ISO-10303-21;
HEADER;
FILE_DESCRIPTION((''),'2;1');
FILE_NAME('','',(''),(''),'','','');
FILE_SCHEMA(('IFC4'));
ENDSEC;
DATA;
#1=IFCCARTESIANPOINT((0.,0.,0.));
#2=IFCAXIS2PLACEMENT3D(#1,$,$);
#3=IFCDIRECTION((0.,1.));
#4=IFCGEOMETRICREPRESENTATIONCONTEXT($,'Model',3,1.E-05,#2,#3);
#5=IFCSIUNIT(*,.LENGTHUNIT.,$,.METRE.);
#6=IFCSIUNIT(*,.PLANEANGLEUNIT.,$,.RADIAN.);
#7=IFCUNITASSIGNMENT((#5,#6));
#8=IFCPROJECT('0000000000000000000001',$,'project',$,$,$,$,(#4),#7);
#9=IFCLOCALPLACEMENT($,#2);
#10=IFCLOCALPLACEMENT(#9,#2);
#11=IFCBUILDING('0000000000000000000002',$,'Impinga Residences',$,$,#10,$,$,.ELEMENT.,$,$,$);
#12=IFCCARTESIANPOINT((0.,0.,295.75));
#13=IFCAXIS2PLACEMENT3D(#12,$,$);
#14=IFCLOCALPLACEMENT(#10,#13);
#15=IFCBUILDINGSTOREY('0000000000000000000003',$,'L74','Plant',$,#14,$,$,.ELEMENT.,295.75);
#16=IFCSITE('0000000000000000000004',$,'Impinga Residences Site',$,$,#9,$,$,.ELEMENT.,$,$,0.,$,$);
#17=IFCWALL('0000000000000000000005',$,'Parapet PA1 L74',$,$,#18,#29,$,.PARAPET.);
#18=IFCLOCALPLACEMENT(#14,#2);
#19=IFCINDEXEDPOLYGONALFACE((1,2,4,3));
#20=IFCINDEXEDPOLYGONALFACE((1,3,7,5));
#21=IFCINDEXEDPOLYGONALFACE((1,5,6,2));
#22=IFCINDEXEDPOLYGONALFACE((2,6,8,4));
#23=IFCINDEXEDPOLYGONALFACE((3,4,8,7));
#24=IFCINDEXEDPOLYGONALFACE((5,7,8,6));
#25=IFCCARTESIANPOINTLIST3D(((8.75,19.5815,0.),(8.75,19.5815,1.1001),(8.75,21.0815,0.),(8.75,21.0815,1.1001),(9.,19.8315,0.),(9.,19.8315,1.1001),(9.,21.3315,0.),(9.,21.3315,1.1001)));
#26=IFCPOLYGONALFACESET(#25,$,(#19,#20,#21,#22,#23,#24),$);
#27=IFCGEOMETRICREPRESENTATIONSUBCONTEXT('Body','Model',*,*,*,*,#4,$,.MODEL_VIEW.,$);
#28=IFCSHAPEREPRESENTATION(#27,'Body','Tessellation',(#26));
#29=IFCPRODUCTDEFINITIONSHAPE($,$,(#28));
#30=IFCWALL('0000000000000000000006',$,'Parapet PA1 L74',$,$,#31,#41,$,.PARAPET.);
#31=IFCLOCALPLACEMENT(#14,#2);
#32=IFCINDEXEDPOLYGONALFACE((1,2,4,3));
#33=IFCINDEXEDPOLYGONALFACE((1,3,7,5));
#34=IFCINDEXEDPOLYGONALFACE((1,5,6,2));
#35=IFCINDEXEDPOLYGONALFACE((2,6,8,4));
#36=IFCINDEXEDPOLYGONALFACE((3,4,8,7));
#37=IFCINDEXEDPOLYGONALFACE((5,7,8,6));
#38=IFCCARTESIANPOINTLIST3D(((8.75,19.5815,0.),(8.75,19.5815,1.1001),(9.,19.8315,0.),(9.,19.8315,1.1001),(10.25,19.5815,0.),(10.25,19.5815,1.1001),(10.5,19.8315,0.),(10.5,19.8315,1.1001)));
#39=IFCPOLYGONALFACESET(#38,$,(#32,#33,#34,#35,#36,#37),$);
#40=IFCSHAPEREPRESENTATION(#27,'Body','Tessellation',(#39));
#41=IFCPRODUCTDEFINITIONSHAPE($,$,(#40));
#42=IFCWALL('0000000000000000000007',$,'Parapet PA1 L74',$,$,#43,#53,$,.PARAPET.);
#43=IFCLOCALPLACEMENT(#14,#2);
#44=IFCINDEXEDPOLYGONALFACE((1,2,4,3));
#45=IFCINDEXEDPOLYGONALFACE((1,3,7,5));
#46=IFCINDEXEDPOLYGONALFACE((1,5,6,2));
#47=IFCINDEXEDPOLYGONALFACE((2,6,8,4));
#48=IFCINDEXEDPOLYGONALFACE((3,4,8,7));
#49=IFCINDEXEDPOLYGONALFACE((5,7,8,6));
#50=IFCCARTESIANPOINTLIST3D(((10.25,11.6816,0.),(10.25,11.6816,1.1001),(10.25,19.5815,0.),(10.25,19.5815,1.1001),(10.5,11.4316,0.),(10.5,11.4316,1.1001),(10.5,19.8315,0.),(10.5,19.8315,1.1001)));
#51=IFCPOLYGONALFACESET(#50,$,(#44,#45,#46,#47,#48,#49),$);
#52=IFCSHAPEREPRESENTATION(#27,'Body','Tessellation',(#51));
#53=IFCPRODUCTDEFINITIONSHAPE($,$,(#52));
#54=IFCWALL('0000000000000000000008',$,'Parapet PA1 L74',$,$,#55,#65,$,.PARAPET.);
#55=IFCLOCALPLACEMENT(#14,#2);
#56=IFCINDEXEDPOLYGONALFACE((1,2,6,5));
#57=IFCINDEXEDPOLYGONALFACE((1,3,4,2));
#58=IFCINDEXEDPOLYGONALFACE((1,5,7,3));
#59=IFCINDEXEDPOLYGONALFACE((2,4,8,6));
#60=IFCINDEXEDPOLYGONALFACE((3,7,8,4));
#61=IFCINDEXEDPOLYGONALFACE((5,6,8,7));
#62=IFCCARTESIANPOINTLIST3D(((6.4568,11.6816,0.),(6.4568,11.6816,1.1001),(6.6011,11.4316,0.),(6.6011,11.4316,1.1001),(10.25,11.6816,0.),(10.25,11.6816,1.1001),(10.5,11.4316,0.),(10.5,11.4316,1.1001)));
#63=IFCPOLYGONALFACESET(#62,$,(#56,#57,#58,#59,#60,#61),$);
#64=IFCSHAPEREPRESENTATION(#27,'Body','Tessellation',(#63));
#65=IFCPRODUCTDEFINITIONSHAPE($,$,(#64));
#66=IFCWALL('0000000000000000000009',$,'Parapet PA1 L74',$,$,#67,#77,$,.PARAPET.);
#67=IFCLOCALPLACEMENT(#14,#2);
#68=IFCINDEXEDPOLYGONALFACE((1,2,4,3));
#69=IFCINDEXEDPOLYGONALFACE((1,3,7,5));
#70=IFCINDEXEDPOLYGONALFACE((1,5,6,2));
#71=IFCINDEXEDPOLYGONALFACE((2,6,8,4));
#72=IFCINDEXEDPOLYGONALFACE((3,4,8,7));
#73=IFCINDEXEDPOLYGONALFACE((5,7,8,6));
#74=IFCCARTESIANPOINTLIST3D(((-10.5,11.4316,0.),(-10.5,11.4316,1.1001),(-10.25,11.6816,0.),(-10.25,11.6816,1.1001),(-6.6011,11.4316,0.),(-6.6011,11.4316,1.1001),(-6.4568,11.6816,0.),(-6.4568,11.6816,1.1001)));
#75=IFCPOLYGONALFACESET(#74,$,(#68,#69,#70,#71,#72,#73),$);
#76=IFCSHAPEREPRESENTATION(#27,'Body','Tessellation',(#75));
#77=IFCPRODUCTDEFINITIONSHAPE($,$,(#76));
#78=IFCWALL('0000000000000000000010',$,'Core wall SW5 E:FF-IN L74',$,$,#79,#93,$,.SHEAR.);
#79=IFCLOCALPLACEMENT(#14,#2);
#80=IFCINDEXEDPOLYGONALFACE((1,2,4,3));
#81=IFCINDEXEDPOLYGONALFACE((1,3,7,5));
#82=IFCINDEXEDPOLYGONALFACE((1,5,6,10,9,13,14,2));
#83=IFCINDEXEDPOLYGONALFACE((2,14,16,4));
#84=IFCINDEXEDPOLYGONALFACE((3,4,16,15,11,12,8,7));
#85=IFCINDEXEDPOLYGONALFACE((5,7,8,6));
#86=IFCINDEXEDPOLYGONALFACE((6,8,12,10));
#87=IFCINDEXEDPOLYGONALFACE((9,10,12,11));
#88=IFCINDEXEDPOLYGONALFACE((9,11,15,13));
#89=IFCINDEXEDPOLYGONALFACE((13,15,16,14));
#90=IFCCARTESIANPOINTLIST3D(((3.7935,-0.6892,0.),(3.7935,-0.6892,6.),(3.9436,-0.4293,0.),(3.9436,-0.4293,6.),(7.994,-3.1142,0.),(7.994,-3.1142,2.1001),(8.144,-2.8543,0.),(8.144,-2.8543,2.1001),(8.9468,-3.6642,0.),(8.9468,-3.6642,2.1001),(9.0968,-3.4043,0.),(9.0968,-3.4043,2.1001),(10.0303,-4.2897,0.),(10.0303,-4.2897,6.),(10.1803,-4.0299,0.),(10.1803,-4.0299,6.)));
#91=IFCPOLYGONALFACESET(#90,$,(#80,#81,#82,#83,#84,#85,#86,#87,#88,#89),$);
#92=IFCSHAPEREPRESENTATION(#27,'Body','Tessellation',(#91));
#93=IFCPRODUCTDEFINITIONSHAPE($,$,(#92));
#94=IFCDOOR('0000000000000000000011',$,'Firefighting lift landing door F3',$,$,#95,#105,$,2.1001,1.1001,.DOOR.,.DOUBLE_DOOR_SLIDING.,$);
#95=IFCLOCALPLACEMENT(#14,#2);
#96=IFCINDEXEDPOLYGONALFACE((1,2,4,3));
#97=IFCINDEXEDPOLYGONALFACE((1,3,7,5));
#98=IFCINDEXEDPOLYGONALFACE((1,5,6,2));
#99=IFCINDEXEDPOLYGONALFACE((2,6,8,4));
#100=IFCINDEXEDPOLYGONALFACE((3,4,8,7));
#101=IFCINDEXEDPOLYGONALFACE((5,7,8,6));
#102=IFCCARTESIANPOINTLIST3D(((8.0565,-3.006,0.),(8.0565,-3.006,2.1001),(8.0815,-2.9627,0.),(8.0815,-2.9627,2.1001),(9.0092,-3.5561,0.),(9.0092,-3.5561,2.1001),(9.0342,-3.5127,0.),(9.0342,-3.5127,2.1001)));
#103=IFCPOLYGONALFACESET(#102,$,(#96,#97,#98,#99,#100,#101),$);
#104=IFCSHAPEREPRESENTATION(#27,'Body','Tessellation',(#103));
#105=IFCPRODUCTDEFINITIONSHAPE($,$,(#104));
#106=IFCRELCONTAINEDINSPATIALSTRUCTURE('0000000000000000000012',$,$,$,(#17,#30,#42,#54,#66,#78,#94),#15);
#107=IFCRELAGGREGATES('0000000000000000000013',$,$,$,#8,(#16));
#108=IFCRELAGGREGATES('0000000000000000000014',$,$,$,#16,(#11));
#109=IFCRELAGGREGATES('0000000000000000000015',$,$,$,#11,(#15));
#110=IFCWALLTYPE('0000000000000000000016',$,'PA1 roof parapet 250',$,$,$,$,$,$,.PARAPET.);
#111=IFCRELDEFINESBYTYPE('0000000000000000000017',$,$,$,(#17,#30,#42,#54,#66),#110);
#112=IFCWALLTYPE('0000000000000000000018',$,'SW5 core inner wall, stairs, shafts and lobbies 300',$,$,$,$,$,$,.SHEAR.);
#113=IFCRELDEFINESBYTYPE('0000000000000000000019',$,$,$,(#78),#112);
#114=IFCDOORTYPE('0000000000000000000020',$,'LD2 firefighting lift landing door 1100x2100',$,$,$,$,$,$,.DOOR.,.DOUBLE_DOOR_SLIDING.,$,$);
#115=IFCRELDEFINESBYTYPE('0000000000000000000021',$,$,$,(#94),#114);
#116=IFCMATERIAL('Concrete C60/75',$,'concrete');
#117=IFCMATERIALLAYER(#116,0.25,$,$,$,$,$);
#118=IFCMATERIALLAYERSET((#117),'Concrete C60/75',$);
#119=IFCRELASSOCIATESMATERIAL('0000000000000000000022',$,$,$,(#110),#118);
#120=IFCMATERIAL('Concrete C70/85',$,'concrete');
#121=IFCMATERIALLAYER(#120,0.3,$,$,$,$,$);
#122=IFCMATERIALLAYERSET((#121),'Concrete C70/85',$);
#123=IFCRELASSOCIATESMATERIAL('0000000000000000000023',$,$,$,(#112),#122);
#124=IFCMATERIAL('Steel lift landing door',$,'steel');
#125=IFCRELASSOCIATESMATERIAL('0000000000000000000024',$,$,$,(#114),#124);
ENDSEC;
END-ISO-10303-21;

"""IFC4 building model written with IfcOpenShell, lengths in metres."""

from ifc_helpers import new_model, si_unit, direction, frame, frame_2d, origin, place, context, subcontext, project, spatial, polyline, rectangle, outline, extrude, material, layer, layer_set, type_object, element, fill, save


model = new_model("IFC4")

# Units and contexts
model_context = context("Model", 3, precision=1e-05, world=origin(), true_north=direction((0.0, 1.0)))
body_context = subcontext(model_context, "Body", "Model", "MODEL_VIEW")
ifc_project = project(units=[si_unit("LENGTHUNIT", "METRE"), si_unit("PLANEANGLEUNIT", "RADIAN")], contexts=[model_context])

# Site, building, storey
site_placement = place(None, origin())
site = spatial("IfcSite", under=ifc_project, at=site_placement, Name="Impinga Residences Site", CompositionType="ELEMENT", RefElevation=0.0)
building_placement = place(site_placement, origin())
building = spatial("IfcBuilding", under=site, at=building_placement, Name="Impinga Residences", CompositionType="ELEMENT")
storey_placement = place(building_placement, frame((0.0, 0.0, 295.75)))
storey = spatial("IfcBuildingStorey", under=building, at=storey_placement, Name="L74", Description="Plant", CompositionType="ELEMENT", Elevation=295.75)

# Walls
ifc_material_1 = material(Name="Concrete C60/75", Category="concrete")
ifc_layer_1 = layer(ifc_material_1, 0.25)
ifc_layer_set_1 = layer_set([ifc_layer_1], Name="Concrete C60/75")
wall_type_1 = type_object("IfcWallType", Name="PA1 roof parapet 250", PredefinedType="PARAPET", material=ifc_layer_set_1)
wall_1_placement = place(storey_placement, origin())
element("IfcWall", 1, at=wall_1_placement, inside=storey, type_object=wall_type_1, Name="Parapet PA1 L74", PredefinedType="PARAPET", context=body_context, shape_type="SweptSolid", body=[
    extrude(outline(polyline([(9.0, 21.3315), (9.0, 19.8315), (8.75, 19.5815), (8.75, 21.0815), (9.0, 21.3315)])), origin(), (0.0, 0.0, 1.0), 1.1001),
])
wall_2_placement = place(storey_placement, origin())
element("IfcWall", 2, at=wall_2_placement, inside=storey, type_object=wall_type_1, Name="Parapet PA1 L74", PredefinedType="PARAPET", context=body_context, shape_type="SweptSolid", body=[
    extrude(outline(polyline([(9.0, 19.8315), (10.5, 19.8315), (10.25, 19.5815), (8.75, 19.5815), (9.0, 19.8315)])), origin(), (0.0, 0.0, 1.0), 1.1001),
])
wall_3_placement = place(storey_placement, origin())
element("IfcWall", 3, at=wall_3_placement, inside=storey, type_object=wall_type_1, Name="Parapet PA1 L74", PredefinedType="PARAPET", context=body_context, shape_type="SweptSolid", body=[
    extrude(outline(polyline([(10.5, 19.8315), (10.5, 11.4316), (10.25, 11.6816), (10.25, 19.5815), (10.5, 19.8315)])), origin(), (0.0, 0.0, 1.0), 1.1001),
])
wall_4_placement = place(storey_placement, origin())
element("IfcWall", 4, at=wall_4_placement, inside=storey, type_object=wall_type_1, Name="Parapet PA1 L74", PredefinedType="PARAPET", context=body_context, shape_type="SweptSolid", body=[
    extrude(outline(polyline([(10.5, 11.4316), (6.6011, 11.4316), (6.4568, 11.6816), (10.25, 11.6816), (10.5, 11.4316)])), origin(), (0.0, 0.0, 1.0), 1.1001),
])
wall_5_placement = place(storey_placement, origin())
element("IfcWall", 5, at=wall_5_placement, inside=storey, type_object=wall_type_1, Name="Parapet PA1 L74", PredefinedType="PARAPET", context=body_context, shape_type="SweptSolid", body=[
    extrude(outline(polyline([(-6.6011, 11.4316), (-10.5, 11.4316), (-10.25, 11.6816), (-6.4568, 11.6816), (-6.6011, 11.4316)])), origin(), (0.0, 0.0, 1.0), 1.1001),
])

# Wall, opening, door
ifc_material_2 = material(Name="Concrete C70/85", Category="concrete")
ifc_layer_2 = layer(ifc_material_2, 0.3)
ifc_layer_set_2 = layer_set([ifc_layer_2], Name="Concrete C70/85")
wall_type_2 = type_object("IfcWallType", Name="SW5 core inner wall, stairs, shafts and lobbies 300", PredefinedType="SHEAR", material=ifc_layer_set_2)
wall_6_placement = place(storey_placement, frame((3.8687, -0.5593, 0.0), z_axis=(0.0, 0.0, 1.0), x_axis=(0.86604, -0.499975, 0.0)))
wall_6 = element("IfcWall", 6, at=wall_6_placement, inside=storey, type_object=wall_type_2, Name="Core wall SW5 E:FF-IN L74", PredefinedType="SHEAR", context=body_context, shape_type="SweptSolid", body=[
    extrude(rectangle(XDim=7.2014, YDim=0.3, at=frame_2d((3.6006, 0.0))), origin(), (0.0, 0.0, 1.0), 6.0),
])
opening_placement = place(wall_6_placement, frame((4.8501, 0.0, 0.0)))
opening = element("IfcOpeningElement", 7, at=opening_placement, cuts=wall_6, PredefinedType="OPENING", context=body_context, shape_type="SweptSolid", body=[
    extrude(rectangle(XDim=1.1001, YDim=2.1001, at=frame_2d((0.55, 1.05))), frame((0.0, 0.1599, 0.0), z_axis=(0.0, -1.0, 0.0), x_axis=(1.0, 0.0, 0.0)), (0.0, 0.0, 1.0), 0.3201),
])
ifc_material_3 = material(Name="Steel lift landing door", Category="steel")
door_type = type_object("IfcDoorType", Name="LD2 firefighting lift landing door 1100x2100", OperationType="DOUBLE_DOOR_SLIDING", PredefinedType="DOOR", material=ifc_material_3)
door_placement = place(opening_placement, origin())
door = element("IfcDoor", 8, at=door_placement, inside=storey, type_object=door_type, Name="Firefighting lift landing door F3", OperationType="DOUBLE_DOOR_SLIDING", OverallHeight=2.1001, OverallWidth=1.1001, PredefinedType="DOOR", context=body_context, shape_type="SweptSolid", body=[
    extrude(rectangle(XDim=1.1001, YDim=2.1001, at=frame_2d((0.55, 1.05))), frame((0.0, 0.0249, 0.0), z_axis=(0.0, -1.0, 0.0), x_axis=(1.0, 0.0, 0.0)), (0.0, 0.0, 1.0), 0.05),
])
fill(opening, door)

save(model, "model.ifc")
